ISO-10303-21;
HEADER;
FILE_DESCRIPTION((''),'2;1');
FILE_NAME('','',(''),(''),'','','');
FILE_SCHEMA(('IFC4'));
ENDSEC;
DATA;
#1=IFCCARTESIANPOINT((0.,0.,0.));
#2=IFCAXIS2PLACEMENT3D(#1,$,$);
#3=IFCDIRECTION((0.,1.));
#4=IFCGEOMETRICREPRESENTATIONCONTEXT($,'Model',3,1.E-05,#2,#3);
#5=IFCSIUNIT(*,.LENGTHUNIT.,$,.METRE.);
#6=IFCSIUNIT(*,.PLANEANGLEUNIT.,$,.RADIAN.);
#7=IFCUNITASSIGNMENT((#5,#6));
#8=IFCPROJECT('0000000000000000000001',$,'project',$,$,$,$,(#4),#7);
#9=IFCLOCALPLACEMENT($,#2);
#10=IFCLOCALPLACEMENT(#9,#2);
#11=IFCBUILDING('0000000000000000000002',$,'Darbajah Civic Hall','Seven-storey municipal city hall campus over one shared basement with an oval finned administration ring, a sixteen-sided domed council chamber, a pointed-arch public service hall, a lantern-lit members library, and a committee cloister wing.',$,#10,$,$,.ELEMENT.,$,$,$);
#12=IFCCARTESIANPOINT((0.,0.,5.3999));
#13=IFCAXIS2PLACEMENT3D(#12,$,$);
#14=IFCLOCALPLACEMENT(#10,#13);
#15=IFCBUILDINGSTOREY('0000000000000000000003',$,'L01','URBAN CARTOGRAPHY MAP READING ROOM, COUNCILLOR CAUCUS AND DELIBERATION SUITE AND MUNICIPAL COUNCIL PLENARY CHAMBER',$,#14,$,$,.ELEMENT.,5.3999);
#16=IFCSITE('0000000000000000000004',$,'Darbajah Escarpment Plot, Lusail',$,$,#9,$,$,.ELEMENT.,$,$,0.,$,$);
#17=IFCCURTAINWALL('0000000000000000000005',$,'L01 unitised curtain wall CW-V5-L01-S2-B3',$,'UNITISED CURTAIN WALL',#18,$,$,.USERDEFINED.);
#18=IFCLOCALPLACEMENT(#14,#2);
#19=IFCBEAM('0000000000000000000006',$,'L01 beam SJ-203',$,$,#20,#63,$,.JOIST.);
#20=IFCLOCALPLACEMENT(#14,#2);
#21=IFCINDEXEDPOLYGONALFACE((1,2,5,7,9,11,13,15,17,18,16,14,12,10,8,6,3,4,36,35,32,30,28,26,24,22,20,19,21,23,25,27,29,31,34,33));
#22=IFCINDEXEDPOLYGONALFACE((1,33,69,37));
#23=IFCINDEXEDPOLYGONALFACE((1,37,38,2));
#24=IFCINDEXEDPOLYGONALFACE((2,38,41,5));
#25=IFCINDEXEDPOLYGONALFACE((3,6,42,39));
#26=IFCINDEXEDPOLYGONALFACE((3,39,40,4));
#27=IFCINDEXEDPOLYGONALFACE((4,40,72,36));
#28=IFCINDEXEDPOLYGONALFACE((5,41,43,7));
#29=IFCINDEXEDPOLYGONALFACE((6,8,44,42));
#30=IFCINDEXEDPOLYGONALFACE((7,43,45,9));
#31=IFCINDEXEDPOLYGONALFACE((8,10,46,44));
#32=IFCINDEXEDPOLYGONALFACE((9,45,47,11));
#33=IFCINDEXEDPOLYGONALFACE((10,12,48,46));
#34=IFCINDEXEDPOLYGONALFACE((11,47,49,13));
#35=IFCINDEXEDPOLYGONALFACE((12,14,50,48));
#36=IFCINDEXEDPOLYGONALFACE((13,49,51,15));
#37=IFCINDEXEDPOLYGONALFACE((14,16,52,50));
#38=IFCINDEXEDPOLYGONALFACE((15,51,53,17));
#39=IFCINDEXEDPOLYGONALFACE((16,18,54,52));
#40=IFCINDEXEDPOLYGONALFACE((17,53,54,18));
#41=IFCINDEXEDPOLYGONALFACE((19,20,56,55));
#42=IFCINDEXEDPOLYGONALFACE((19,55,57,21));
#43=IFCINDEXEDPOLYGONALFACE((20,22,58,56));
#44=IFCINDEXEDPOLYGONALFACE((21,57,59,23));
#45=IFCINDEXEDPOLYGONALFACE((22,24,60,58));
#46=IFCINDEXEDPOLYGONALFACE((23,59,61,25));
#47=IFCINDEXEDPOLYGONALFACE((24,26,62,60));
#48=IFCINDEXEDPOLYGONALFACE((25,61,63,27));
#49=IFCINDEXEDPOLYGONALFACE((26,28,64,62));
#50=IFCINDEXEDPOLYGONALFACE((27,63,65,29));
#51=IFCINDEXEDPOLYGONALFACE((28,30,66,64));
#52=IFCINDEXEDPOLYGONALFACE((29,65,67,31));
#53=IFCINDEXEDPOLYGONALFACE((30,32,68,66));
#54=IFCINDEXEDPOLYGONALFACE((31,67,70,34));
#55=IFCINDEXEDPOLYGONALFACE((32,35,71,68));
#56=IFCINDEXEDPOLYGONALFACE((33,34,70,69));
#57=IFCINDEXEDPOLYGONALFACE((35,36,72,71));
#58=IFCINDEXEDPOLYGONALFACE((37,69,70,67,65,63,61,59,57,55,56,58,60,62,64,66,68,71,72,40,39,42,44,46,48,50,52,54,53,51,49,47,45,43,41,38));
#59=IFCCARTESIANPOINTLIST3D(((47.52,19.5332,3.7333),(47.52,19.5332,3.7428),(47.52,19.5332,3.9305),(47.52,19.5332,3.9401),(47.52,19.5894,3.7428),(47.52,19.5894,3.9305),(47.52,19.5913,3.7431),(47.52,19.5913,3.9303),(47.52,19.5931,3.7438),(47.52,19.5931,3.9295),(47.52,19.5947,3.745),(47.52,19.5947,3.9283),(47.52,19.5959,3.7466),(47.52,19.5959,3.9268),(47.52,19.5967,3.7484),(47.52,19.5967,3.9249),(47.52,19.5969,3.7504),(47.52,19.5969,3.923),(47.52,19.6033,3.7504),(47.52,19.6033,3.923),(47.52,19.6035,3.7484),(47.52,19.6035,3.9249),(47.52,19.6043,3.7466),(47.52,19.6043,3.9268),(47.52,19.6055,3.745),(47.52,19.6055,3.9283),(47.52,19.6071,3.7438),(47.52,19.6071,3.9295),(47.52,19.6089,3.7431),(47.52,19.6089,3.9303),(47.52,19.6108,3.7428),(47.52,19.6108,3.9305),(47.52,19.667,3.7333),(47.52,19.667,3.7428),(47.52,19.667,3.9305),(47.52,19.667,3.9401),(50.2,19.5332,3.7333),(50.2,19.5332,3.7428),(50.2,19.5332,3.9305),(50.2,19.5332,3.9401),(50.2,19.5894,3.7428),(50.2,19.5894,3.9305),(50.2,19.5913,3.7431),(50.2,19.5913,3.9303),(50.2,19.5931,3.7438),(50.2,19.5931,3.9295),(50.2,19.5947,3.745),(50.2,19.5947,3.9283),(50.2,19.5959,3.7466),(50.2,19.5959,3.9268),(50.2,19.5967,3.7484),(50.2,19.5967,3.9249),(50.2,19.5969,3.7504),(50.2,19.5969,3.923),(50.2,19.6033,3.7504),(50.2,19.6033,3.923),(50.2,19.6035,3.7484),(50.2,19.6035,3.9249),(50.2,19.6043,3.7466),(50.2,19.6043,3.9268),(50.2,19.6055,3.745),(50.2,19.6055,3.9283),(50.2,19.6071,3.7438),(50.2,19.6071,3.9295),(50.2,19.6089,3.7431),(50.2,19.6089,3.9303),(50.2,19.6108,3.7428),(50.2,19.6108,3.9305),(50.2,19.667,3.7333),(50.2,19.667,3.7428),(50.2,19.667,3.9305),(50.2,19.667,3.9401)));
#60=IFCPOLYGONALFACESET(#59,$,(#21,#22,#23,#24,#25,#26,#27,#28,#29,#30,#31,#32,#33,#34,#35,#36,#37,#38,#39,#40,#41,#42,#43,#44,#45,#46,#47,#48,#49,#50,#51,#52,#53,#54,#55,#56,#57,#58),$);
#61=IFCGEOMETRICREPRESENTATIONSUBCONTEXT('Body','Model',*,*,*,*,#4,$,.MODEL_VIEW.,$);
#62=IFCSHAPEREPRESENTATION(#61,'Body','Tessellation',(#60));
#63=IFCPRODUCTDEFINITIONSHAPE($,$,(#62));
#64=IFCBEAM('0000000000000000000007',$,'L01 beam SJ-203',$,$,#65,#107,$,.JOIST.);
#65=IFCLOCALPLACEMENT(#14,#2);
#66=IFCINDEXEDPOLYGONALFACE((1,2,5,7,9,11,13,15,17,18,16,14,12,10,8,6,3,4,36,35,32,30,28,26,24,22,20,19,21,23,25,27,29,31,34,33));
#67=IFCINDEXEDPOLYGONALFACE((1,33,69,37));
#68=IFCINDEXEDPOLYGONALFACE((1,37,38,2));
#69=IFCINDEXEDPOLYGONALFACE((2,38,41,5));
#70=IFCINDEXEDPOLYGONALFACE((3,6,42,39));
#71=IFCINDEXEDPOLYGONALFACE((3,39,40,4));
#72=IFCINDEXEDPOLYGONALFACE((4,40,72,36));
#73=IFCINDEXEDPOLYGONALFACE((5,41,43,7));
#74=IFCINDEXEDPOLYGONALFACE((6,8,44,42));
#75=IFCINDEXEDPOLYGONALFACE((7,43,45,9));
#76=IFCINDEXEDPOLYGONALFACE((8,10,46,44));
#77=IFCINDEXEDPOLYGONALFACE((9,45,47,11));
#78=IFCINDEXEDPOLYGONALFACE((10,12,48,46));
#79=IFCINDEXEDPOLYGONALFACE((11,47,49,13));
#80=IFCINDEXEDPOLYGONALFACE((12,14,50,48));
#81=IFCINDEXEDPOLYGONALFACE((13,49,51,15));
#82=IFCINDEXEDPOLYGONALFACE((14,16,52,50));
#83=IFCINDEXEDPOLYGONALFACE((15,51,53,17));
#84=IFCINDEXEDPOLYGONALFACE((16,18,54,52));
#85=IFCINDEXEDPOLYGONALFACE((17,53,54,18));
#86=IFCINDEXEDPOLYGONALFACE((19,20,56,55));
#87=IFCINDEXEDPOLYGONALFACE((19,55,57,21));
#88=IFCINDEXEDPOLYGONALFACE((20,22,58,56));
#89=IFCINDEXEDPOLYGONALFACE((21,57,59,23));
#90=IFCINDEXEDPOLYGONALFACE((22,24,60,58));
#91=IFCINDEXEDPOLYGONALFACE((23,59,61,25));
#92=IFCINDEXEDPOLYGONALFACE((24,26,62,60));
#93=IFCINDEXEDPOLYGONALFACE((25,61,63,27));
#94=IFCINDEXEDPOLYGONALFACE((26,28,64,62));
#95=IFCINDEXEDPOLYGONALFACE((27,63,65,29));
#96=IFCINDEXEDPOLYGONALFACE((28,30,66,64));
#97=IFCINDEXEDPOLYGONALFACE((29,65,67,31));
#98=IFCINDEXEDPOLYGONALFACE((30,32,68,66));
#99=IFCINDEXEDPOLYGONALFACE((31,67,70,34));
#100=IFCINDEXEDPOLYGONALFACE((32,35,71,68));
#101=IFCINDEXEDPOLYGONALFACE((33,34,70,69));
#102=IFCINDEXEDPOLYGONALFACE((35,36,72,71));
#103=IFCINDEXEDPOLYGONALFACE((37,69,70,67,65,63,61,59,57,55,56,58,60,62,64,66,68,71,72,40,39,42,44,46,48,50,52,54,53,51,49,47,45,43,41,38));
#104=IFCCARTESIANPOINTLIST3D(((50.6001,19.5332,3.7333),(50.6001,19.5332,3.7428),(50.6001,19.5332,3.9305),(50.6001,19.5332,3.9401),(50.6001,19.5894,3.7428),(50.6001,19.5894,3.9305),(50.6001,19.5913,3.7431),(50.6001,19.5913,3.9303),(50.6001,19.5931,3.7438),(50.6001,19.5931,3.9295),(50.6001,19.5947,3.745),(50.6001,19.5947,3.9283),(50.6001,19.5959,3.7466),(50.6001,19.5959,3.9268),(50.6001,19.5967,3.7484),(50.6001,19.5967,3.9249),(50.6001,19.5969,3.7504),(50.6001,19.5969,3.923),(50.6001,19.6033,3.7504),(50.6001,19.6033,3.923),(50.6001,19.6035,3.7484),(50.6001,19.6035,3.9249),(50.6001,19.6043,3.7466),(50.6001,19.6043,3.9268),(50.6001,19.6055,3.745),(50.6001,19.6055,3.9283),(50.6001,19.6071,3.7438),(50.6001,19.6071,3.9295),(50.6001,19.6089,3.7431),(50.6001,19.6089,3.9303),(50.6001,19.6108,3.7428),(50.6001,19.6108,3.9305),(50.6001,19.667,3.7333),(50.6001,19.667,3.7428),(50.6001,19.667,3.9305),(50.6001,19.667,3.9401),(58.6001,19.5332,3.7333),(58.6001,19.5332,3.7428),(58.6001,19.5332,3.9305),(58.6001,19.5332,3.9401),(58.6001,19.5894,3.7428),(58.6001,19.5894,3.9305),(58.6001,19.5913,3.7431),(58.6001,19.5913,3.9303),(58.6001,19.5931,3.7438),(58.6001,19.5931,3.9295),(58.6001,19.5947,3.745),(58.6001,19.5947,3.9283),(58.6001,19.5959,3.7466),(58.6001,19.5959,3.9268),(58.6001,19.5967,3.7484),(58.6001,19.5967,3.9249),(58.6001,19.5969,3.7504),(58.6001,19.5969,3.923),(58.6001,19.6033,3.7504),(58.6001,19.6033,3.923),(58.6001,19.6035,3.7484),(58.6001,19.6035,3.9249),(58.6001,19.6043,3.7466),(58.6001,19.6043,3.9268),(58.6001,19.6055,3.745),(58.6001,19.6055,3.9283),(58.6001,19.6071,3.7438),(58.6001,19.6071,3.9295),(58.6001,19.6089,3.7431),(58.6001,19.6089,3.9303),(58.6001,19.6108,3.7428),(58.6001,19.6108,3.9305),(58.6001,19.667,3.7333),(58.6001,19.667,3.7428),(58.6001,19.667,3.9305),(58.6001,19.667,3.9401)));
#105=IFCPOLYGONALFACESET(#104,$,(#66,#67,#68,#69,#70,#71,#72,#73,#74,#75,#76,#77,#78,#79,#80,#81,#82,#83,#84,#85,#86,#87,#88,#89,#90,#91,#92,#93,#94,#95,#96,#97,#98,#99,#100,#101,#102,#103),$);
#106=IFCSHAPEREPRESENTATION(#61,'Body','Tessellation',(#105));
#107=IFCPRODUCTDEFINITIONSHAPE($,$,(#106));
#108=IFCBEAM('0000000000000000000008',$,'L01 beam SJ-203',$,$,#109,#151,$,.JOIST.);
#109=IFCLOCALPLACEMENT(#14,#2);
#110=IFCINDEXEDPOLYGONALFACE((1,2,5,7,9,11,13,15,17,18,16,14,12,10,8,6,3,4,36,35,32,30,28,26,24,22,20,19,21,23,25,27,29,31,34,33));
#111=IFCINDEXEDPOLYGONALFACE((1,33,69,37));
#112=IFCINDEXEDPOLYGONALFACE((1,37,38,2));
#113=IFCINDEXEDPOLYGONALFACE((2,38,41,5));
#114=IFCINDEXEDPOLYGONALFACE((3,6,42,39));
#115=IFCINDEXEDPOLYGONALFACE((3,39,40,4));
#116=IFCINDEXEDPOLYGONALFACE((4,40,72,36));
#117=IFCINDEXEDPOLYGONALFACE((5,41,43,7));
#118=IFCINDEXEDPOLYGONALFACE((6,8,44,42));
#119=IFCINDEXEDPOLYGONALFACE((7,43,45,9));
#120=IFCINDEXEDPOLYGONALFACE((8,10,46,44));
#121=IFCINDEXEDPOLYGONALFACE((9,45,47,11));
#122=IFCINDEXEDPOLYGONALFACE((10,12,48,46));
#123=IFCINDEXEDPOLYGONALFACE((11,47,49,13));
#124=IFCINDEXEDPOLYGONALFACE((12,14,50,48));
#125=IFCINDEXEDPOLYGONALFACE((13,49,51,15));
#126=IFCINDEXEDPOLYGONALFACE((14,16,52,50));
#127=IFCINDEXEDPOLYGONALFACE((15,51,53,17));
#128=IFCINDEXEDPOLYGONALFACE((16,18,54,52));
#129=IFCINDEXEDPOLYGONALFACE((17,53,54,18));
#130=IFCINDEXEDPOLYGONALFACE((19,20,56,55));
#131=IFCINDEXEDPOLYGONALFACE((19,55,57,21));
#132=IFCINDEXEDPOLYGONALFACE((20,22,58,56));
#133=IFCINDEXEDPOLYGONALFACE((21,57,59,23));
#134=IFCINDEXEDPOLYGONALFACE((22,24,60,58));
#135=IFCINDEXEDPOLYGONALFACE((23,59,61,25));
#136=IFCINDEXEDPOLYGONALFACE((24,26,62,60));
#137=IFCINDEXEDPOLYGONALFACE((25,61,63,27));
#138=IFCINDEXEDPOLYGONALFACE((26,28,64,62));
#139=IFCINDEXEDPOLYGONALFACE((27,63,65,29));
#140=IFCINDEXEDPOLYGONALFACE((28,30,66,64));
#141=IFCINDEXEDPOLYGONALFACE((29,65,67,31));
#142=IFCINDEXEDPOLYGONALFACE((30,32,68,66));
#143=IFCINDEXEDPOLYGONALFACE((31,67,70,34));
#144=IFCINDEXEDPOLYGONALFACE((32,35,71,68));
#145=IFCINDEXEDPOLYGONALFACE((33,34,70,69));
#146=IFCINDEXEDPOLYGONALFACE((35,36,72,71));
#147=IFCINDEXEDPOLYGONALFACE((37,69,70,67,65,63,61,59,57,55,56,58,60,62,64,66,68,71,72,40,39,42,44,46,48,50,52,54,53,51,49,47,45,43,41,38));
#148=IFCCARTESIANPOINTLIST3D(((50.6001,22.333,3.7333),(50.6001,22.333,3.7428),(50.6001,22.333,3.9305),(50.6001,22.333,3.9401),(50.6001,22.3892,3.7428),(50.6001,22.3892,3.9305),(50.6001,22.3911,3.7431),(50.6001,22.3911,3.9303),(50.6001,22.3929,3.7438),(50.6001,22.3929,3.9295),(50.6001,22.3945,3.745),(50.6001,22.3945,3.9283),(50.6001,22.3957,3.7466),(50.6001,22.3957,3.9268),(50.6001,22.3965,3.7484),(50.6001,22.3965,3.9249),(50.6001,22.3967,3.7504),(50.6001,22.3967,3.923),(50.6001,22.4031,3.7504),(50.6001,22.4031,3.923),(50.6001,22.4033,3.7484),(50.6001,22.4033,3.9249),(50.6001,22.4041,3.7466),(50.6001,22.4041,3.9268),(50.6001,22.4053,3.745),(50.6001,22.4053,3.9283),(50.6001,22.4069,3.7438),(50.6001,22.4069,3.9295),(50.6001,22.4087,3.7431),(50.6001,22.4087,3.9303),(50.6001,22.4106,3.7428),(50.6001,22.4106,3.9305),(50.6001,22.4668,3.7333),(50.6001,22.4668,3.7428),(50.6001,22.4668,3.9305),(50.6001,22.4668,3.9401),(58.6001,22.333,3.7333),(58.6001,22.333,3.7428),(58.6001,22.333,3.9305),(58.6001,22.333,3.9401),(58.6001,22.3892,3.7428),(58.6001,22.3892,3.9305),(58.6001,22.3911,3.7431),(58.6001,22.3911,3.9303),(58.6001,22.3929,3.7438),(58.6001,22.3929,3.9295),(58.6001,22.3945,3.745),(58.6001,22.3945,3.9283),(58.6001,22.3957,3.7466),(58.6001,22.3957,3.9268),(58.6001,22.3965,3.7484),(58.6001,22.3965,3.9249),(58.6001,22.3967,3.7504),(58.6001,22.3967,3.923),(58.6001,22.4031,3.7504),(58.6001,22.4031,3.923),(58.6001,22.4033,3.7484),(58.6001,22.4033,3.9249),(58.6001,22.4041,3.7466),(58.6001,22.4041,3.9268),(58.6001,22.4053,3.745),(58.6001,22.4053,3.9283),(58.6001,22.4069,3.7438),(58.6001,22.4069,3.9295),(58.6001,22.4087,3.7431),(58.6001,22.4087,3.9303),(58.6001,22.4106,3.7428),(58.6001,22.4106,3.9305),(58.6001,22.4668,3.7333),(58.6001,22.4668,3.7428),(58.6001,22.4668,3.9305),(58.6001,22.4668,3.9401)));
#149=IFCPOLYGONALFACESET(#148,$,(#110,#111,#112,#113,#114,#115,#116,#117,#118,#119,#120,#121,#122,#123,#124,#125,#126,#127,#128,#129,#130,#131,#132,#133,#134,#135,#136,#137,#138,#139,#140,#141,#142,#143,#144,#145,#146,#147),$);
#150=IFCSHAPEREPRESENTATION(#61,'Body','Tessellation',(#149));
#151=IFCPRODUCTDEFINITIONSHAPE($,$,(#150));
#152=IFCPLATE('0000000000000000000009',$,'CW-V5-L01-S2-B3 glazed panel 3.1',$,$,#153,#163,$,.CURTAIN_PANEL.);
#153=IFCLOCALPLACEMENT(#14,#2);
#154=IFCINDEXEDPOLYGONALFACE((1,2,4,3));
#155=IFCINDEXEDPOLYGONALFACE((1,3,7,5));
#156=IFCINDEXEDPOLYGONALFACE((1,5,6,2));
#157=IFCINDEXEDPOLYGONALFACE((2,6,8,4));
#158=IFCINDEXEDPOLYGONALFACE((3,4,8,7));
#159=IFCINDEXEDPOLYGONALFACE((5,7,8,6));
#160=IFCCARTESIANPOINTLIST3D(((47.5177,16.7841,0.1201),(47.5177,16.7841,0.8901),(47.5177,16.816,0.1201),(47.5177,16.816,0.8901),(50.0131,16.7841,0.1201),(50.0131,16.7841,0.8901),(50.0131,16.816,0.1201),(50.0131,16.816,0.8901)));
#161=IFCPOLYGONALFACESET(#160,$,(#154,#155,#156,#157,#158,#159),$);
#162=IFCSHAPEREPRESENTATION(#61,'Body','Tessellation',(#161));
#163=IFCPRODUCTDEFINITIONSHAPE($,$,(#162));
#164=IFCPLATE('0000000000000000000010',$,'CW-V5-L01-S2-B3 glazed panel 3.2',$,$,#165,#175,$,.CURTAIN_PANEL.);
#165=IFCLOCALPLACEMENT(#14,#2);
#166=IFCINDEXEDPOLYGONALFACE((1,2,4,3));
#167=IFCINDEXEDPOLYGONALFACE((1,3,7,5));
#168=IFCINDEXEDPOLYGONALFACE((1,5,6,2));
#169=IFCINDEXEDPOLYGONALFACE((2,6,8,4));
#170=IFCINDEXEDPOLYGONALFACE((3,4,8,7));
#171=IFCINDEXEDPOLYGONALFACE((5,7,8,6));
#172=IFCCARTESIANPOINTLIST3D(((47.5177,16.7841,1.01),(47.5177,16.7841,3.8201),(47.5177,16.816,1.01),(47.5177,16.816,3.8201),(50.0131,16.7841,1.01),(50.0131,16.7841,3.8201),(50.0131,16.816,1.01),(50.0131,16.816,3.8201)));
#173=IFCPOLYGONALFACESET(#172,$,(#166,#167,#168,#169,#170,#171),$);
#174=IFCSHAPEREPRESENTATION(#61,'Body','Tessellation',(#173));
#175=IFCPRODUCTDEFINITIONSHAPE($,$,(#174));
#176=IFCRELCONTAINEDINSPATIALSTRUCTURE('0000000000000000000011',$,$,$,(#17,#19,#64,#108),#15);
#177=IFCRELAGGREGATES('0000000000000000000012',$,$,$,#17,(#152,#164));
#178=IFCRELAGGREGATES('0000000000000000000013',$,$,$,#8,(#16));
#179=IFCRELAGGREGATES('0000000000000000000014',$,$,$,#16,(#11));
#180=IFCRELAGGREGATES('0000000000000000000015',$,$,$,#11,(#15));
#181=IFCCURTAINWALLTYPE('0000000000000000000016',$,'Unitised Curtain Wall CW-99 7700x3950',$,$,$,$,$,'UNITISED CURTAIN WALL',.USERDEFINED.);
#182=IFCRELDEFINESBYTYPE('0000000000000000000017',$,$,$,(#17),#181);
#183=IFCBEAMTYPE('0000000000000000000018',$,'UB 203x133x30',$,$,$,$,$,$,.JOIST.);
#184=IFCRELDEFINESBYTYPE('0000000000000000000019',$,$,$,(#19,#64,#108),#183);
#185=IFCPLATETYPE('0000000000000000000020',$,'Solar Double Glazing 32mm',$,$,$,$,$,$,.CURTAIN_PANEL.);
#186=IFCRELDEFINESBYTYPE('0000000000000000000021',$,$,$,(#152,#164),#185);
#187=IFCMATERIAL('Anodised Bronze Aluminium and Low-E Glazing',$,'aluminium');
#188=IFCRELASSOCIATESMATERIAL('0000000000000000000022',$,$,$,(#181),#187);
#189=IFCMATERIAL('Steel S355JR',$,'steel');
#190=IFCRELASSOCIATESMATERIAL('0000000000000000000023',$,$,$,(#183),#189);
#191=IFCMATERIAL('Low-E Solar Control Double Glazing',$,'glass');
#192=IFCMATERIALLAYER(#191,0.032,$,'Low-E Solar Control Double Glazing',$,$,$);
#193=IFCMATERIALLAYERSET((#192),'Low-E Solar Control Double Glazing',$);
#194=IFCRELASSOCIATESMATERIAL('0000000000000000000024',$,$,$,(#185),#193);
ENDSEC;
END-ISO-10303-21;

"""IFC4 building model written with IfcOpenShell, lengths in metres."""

from ifc_helpers import new_model, si_unit, direction, frame, origin, origin_2d, place, context, subcontext, project, spatial, rectangle, i_section, extrude, material, layer, layer_set, material_profile, profile_set, type_object, element, aggregate, save


model = new_model("IFC4")

# Units and contexts
model_context = context("Model", 3, precision=1e-05, world=origin(), true_north=direction((0.0, 1.0)))
body_context = subcontext(model_context, "Body", "Model", "MODEL_VIEW")
ifc_project = project(units=[si_unit("LENGTHUNIT", "METRE"), si_unit("PLANEANGLEUNIT", "RADIAN")], contexts=[model_context])

# Site, building, storey
site_placement = place(None, origin())
site = spatial("IfcSite", under=ifc_project, at=site_placement, Name="Darbajah Escarpment Plot, Lusail", CompositionType="ELEMENT", RefElevation=0.0)
building_placement = place(site_placement, origin())
building = spatial("IfcBuilding", under=site, at=building_placement, Name="Darbajah Civic Hall", Description="Seven-storey municipal city hall campus over one shared basement with an oval finned administration ring, a sixteen-sided domed council chamber, a pointed-arch public service hall, a lantern-lit members library, and a committee cloister wing.", CompositionType="ELEMENT")
storey_placement = place(building_placement, frame((0.0, 0.0, 5.3999)))
storey = spatial("IfcBuildingStorey", under=building, at=storey_placement, Name="L01", Description="URBAN CARTOGRAPHY MAP READING ROOM, COUNCILLOR CAUCUS AND DELIBERATION SUITE AND MUNICIPAL COUNCIL PLENARY CHAMBER", CompositionType="ELEMENT", Elevation=5.3999)

# Curtain wall
ifc_material_1 = material(Name="Anodised Bronze Aluminium and Low-E Glazing", Category="aluminium")
curtain_wall_type = type_object("IfcCurtainWallType", Name="Unitised Curtain Wall CW-99 7700x3950", ElementType="UNITISED CURTAIN WALL", PredefinedType="USERDEFINED", material=ifc_material_1)
curtain_wall_placement = place(storey_placement, origin())
curtain_wall = element("IfcCurtainWall", 1, at=curtain_wall_placement, inside=storey, type_object=curtain_wall_type, Name="L01 unitised curtain wall CW-V5-L01-S2-B3", ObjectType="UNITISED CURTAIN WALL", PredefinedType="USERDEFINED")

# Beams
ifc_material_2 = material(Name="Steel S355JR", Category="steel")
ifc_material_profile_1 = material_profile(ifc_material_2, i_section(OverallWidth=0.1338, OverallDepth=0.2068, WebThickness=0.0063, FlangeThickness=0.0095, FilletRadius=0.0076, at=origin_2d()), Name="UB 203x133x30")
ifc_profile_set_1 = profile_set([ifc_material_profile_1], Name="Steel S355JR")
beam_type_1 = type_object("IfcBeamType", Name="UB 203x133x30", PredefinedType="JOIST", material=ifc_profile_set_1)
beam_1_placement = place(storey_placement, frame((47.52, 19.6001, 3.8367), z_axis=(1.0, 0.0, 0.0), x_axis=(0.0, 1.0, 0.0)))
element("IfcBeam", 2, at=beam_1_placement, inside=storey, type_object=beam_type_1, Name="L01 beam SJ-203", PredefinedType="JOIST", context=body_context, shape_type="SweptSolid", body=[
    extrude(i_section(OverallWidth=0.1338, OverallDepth=0.2068, WebThickness=0.0063, FlangeThickness=0.0095, FilletRadius=0.0076, at=origin_2d()), origin(), (0.0, 0.0, 1.0), 2.6799),
])
for number, where, z_axis, x_axis, name in (
    (3, (50.6001, 19.6001, 3.8367), (1.0, 0.0, 0.0), (0.0, 1.0, 0.0), "L01 beam SJ-203"),
    (4, (50.6001, 22.3999, 3.8367), (1.0, 0.0, 0.0), (0.0, 1.0, 0.0), "L01 beam SJ-203"),
):
    element("IfcBeam", number, at=place(storey_placement, frame(where, z_axis=z_axis, x_axis=x_axis)), inside=storey, type_object=beam_type_1, Name=name, PredefinedType="JOIST", context=body_context, shape_type="SweptSolid", body=[
        extrude(i_section(OverallWidth=0.1338, OverallDepth=0.2068, WebThickness=0.0063, FlangeThickness=0.0095, FilletRadius=0.0076, at=origin_2d()), origin(), (0.0, 0.0, 1.0), 8.0),
    ])

# Plates
ifc_material_3 = material(Name="Low-E Solar Control Double Glazing", Category="glass")
ifc_layer_1 = layer(ifc_material_3, 0.032, Name="Low-E Solar Control Double Glazing")
ifc_layer_set_1 = layer_set([ifc_layer_1], Name="Low-E Solar Control Double Glazing")
plate_type = type_object("IfcPlateType", Name="Solar Double Glazing 32mm", PredefinedType="CURTAIN_PANEL", material=ifc_layer_set_1)
plate_1_placement = place(storey_placement, frame((48.7654, 16.8, 0.1201), z_axis=(0.0, 0.0, 1.0), x_axis=(1.0, 0.0, 0.0)))
plate_1 = element("IfcPlate", 5, at=plate_1_placement, type_object=plate_type, Name="CW-V5-L01-S2-B3 glazed panel 3.1", PredefinedType="CURTAIN_PANEL", context=body_context, shape_type="SweptSolid", body=[
    extrude(rectangle(XDim=2.4954, YDim=0.032, at=origin_2d()), origin(), (0.0, 0.0, 1.0), 0.77),
])
plate_2_placement = place(storey_placement, frame((48.7654, 16.8, 1.01), z_axis=(0.0, 0.0, 1.0), x_axis=(1.0, 0.0, 0.0)))
plate_2 = element("IfcPlate", 6, at=plate_2_placement, type_object=plate_type, Name="CW-V5-L01-S2-B3 glazed panel 3.2", PredefinedType="CURTAIN_PANEL", context=body_context, shape_type="SweptSolid", body=[
    extrude(rectangle(XDim=2.4954, YDim=0.032, at=origin_2d()), origin(), (0.0, 0.0, 1.0), 2.8101),
])
aggregate(curtain_wall, [plate_1, plate_2])

save(model, "model.ifc")
